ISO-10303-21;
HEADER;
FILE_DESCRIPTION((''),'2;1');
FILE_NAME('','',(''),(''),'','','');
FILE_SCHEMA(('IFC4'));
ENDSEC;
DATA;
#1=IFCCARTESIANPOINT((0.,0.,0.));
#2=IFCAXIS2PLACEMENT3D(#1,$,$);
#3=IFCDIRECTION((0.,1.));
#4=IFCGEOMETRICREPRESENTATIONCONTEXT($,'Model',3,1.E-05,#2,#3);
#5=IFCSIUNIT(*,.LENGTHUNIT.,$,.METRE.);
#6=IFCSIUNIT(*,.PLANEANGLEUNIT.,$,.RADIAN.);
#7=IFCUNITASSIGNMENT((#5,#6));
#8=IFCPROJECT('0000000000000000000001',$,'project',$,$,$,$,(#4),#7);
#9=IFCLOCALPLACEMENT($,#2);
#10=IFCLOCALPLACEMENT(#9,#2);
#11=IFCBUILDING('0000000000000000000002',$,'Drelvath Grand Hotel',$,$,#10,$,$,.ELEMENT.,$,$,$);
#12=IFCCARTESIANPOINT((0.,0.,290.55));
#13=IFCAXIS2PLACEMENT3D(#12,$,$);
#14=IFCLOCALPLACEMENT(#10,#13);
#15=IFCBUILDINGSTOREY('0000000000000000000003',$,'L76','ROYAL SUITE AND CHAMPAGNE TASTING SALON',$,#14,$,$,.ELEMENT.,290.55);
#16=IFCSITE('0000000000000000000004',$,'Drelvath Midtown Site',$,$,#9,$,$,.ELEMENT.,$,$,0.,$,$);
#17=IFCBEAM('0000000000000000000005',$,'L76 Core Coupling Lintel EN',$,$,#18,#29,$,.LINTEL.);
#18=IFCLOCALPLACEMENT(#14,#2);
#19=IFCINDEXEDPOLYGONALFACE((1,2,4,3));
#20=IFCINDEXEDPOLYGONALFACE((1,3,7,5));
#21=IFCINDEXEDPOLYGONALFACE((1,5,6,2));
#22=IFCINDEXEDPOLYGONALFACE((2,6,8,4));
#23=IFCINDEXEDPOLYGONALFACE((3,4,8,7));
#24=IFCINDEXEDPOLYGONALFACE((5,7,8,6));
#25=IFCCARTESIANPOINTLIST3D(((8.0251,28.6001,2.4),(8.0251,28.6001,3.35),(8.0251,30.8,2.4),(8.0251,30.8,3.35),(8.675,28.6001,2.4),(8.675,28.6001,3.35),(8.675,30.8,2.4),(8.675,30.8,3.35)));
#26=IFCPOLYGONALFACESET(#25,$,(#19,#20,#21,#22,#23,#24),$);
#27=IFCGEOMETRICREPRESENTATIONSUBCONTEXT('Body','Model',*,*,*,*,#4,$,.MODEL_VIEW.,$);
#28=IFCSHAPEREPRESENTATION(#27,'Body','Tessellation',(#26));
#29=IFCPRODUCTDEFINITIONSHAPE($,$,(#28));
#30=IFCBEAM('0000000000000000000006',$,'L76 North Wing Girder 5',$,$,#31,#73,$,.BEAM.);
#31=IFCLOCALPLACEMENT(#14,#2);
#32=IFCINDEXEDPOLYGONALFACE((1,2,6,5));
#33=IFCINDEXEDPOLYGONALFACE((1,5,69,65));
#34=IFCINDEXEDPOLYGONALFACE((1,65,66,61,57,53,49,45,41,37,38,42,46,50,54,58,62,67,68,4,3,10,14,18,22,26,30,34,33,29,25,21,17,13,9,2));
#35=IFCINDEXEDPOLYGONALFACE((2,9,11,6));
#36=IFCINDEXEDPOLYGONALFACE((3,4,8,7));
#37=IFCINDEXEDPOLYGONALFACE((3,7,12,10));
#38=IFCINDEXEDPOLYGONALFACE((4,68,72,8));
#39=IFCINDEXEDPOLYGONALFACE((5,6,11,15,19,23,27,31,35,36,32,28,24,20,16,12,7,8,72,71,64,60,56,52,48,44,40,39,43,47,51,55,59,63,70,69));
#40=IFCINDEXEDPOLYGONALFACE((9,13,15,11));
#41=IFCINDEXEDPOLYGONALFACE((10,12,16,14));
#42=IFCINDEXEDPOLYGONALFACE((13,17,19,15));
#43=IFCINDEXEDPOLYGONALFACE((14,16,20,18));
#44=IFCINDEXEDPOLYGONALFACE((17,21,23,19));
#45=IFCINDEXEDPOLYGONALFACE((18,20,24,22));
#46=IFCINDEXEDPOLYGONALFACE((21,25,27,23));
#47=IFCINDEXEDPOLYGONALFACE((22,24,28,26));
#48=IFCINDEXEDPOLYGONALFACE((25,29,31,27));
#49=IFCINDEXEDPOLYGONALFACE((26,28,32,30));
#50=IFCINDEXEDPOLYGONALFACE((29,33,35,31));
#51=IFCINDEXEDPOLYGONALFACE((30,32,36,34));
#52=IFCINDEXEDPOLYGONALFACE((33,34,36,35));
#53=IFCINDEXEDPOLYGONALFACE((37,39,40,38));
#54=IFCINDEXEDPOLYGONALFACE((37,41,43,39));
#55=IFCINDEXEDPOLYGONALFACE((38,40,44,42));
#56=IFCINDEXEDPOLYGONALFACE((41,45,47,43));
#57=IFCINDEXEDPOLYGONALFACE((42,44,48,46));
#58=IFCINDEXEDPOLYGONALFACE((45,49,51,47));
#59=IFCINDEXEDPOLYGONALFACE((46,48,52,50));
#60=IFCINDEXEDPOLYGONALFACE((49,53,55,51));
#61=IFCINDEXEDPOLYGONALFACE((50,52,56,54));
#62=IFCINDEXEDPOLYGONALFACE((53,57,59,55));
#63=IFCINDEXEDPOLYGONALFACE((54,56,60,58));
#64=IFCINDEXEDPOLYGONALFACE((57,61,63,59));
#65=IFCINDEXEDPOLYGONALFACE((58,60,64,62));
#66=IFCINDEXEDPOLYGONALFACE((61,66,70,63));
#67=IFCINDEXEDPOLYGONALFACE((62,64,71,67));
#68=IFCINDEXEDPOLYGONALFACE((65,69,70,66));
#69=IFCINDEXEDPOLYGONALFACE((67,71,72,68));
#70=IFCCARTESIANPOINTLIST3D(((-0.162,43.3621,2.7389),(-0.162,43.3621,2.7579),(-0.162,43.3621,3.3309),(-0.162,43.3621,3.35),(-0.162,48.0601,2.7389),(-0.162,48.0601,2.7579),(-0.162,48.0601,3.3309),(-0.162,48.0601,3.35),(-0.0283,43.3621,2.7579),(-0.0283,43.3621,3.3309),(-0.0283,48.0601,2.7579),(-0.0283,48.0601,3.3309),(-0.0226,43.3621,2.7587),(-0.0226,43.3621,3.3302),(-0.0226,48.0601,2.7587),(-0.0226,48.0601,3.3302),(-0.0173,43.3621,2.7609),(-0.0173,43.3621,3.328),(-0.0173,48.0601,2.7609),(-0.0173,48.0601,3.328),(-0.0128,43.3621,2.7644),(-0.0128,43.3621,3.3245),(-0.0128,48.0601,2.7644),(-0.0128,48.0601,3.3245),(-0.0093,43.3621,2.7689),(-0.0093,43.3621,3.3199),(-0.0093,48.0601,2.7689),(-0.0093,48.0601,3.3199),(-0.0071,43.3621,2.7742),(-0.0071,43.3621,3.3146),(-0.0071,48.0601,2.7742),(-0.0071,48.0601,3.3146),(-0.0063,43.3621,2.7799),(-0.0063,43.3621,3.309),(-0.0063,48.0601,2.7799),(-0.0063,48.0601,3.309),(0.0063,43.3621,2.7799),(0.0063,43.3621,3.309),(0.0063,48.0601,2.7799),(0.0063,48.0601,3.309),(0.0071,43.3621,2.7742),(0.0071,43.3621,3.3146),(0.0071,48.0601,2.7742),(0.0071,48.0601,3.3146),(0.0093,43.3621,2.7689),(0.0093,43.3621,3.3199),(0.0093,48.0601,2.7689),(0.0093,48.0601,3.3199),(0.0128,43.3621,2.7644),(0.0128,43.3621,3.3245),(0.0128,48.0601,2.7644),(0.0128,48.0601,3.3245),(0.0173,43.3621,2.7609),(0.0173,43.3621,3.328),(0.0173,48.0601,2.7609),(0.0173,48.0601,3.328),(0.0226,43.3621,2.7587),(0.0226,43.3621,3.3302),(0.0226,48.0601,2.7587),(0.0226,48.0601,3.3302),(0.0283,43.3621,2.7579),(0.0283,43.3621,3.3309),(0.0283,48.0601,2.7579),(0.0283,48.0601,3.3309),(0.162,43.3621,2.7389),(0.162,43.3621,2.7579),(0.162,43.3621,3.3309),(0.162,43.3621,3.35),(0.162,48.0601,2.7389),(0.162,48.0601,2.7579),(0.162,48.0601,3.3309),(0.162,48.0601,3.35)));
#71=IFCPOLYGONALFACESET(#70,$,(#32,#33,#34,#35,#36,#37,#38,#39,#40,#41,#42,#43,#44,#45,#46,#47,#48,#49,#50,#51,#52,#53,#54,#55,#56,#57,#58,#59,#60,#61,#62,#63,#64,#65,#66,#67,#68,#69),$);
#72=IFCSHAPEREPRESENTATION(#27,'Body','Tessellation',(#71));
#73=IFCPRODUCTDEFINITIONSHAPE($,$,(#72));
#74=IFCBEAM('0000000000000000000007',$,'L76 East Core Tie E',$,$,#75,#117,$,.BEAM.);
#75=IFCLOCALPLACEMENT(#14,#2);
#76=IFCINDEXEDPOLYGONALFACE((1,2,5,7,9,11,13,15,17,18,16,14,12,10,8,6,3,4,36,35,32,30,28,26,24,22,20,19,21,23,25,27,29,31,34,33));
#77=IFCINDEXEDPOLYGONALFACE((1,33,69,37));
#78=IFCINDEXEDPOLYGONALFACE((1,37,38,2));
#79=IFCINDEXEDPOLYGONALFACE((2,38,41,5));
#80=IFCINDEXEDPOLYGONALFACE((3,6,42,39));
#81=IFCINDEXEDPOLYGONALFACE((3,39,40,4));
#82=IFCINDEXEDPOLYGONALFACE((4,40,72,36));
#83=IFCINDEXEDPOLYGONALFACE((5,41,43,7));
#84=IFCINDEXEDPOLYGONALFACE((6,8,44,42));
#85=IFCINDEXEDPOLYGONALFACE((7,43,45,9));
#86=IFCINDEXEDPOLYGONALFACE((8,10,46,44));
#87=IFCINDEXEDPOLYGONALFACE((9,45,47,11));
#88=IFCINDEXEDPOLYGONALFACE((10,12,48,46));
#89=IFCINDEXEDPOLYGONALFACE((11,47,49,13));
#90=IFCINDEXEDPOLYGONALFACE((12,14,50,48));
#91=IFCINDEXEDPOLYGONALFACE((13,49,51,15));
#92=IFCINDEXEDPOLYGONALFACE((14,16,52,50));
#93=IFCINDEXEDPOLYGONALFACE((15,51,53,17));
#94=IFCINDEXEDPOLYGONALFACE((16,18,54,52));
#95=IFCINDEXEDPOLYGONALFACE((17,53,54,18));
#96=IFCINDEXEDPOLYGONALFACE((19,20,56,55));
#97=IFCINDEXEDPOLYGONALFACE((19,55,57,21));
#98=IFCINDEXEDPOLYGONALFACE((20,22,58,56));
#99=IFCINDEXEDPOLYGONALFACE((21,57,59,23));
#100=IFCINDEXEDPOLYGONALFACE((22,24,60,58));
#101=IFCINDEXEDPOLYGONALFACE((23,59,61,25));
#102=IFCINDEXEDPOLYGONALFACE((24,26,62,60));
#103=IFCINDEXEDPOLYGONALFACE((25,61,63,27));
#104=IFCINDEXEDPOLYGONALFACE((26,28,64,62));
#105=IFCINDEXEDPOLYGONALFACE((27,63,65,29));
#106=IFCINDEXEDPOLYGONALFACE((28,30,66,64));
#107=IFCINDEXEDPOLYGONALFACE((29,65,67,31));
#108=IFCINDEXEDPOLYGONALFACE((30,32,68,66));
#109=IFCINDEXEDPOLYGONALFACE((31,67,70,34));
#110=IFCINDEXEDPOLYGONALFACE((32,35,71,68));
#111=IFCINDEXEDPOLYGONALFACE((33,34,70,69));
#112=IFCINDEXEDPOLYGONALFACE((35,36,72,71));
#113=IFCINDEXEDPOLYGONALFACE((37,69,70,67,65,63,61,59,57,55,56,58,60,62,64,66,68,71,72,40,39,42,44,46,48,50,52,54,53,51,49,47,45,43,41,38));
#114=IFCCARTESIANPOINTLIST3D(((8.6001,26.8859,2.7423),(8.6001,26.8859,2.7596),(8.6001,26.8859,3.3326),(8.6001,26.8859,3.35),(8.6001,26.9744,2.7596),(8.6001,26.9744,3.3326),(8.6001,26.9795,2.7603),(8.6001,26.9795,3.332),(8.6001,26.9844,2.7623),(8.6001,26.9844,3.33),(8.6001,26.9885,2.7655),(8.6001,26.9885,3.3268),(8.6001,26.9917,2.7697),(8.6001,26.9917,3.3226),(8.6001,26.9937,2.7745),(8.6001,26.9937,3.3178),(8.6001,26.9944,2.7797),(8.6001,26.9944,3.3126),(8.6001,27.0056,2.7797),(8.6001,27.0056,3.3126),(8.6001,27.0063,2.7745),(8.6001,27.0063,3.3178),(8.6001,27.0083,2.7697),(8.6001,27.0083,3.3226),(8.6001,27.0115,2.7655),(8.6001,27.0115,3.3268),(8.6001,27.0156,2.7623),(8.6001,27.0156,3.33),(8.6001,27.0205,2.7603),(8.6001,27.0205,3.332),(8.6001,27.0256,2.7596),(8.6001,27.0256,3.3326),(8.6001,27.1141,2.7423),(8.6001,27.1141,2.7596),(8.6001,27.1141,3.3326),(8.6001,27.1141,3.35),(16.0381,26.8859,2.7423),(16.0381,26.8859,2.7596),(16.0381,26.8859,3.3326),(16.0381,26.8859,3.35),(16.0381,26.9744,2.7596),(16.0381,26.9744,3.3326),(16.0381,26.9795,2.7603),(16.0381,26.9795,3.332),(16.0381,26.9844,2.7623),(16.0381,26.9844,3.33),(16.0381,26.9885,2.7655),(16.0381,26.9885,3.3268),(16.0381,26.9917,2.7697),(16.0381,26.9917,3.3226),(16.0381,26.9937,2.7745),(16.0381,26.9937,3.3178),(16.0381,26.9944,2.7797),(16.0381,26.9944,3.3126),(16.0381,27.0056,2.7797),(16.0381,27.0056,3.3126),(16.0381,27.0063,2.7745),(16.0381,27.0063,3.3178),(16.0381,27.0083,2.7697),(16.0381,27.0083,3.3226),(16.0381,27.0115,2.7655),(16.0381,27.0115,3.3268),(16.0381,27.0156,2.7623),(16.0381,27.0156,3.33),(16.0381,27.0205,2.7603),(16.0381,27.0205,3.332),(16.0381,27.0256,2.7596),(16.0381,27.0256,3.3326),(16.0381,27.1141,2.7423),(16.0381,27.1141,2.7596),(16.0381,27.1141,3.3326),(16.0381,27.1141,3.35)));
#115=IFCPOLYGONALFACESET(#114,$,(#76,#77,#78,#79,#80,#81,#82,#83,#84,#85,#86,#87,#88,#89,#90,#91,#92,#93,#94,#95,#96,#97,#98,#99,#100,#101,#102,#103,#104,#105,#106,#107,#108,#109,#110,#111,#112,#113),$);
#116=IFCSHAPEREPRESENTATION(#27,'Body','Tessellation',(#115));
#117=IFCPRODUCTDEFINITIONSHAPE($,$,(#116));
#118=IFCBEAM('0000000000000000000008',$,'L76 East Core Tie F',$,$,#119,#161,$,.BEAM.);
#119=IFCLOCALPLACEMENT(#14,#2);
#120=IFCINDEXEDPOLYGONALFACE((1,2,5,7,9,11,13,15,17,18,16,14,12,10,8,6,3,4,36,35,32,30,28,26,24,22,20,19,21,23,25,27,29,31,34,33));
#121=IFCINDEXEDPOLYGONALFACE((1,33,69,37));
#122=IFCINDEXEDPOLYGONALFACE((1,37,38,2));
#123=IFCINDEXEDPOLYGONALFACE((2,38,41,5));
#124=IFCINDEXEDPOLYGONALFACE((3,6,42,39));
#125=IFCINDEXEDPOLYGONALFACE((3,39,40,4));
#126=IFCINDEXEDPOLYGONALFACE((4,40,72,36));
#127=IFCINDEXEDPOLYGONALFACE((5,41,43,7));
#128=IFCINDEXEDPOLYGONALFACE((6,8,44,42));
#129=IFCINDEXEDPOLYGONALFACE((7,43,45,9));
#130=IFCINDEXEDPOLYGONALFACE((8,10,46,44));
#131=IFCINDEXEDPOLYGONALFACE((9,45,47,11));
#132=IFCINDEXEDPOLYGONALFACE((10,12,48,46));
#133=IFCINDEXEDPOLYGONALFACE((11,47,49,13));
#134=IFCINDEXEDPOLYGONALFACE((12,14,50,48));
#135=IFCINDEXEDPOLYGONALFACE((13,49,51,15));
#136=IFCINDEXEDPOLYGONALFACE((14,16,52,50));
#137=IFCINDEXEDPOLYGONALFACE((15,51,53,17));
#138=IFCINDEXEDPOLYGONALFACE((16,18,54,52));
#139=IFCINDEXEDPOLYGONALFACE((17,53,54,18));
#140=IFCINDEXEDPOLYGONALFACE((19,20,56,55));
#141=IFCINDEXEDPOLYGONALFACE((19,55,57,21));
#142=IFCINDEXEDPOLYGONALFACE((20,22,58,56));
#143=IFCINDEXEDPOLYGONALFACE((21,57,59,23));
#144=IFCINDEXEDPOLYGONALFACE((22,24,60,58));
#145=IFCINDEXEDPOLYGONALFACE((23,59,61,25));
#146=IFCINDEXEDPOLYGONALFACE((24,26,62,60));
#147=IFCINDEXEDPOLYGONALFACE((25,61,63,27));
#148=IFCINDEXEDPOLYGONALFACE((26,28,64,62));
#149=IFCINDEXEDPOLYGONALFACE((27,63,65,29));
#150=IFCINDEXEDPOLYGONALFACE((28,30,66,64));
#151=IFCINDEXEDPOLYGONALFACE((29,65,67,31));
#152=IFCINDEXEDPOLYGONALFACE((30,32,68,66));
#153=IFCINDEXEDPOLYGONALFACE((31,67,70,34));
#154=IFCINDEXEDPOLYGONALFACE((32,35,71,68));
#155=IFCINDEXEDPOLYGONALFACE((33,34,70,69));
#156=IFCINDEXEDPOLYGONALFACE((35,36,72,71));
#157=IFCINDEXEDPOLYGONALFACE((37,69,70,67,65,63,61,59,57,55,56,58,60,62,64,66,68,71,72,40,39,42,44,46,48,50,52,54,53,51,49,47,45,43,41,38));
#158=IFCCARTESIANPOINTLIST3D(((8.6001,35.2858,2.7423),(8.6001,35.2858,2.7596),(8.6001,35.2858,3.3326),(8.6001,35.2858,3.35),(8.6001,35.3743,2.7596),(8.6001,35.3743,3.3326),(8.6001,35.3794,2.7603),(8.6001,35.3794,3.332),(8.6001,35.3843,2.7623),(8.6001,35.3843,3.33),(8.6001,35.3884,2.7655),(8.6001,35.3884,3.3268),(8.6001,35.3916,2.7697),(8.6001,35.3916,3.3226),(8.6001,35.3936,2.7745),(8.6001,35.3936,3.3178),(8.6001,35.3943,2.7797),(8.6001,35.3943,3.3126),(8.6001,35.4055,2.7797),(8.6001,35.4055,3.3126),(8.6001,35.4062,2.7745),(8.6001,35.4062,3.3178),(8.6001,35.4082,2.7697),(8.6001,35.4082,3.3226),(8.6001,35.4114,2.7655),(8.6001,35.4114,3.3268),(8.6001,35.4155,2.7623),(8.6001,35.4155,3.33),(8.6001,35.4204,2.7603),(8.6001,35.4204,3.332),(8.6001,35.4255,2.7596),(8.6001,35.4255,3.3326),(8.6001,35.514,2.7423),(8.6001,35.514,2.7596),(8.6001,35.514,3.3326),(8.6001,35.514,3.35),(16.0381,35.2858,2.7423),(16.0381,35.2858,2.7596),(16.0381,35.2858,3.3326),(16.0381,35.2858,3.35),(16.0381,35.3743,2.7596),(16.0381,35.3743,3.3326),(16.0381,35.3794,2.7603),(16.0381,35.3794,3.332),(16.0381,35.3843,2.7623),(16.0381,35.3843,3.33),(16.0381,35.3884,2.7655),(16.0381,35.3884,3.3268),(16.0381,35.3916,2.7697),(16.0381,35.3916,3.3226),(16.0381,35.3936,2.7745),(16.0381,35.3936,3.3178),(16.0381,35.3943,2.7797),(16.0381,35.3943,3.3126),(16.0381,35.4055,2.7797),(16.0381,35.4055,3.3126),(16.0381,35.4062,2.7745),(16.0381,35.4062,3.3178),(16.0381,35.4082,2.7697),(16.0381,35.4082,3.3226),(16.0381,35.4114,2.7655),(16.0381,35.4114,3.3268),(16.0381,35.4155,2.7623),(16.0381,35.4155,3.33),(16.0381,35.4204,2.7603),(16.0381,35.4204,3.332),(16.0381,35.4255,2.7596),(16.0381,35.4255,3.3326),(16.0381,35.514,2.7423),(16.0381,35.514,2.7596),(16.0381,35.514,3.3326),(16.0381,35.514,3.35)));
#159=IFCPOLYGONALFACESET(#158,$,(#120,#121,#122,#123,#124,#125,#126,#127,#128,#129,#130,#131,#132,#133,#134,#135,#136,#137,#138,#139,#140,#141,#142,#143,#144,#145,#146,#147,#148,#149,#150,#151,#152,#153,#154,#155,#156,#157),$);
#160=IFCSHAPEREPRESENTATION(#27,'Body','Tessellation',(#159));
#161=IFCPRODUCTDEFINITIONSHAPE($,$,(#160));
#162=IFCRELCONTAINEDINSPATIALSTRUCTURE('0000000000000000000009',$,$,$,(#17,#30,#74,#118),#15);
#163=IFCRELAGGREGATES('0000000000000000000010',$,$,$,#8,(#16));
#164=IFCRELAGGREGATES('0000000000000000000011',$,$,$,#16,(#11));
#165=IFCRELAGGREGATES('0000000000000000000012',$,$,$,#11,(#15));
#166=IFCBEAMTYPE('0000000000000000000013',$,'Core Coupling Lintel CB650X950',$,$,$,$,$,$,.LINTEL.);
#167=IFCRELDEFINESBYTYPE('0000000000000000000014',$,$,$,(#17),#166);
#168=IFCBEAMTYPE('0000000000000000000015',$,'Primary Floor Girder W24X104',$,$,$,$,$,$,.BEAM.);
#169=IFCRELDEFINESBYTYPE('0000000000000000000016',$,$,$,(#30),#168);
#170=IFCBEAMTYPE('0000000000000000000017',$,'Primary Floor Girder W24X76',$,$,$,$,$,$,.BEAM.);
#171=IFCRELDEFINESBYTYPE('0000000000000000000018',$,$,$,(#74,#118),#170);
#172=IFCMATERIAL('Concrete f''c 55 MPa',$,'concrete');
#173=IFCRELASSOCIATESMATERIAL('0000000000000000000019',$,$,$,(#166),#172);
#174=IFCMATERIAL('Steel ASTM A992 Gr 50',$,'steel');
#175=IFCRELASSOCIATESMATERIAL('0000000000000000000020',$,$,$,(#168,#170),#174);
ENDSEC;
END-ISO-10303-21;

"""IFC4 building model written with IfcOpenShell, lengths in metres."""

from ifc_helpers import new_model, si_unit, direction, frame, origin, origin_2d, place, context, subcontext, project, spatial, rectangle, i_section, extrude, material, material_profile, profile_set, type_object, element, save


model = new_model("IFC4")

# Units and contexts
model_context = context("Model", 3, precision=1e-05, world=origin(), true_north=direction((0.0, 1.0)))
body_context = subcontext(model_context, "Body", "Model", "MODEL_VIEW")
ifc_project = project(units=[si_unit("LENGTHUNIT", "METRE"), si_unit("PLANEANGLEUNIT", "RADIAN")], contexts=[model_context])

# Site, building, storey
site_placement = place(None, origin())
site = spatial("IfcSite", under=ifc_project, at=site_placement, Name="Drelvath Midtown Site", CompositionType="ELEMENT", RefElevation=0.0)
building_placement = place(site_placement, origin())
building = spatial("IfcBuilding", under=site, at=building_placement, Name="Drelvath Grand Hotel", CompositionType="ELEMENT")
storey_placement = place(building_placement, frame((0.0, 0.0, 290.55)))
storey = spatial("IfcBuildingStorey", under=building, at=storey_placement, Name="L76", Description="ROYAL SUITE AND CHAMPAGNE TASTING SALON", CompositionType="ELEMENT", Elevation=290.55)

# Beams
ifc_material_1 = material(Name="Concrete f'c 55 MPa", Category="concrete")
ifc_material_profile_1 = material_profile(ifc_material_1, rectangle(XDim=0.6499, YDim=0.95, at=origin_2d()), Name="CB650X950")
ifc_profile_set_1 = profile_set([ifc_material_profile_1], Name="Concrete f'c 55 MPa")
beam_type_1 = type_object("IfcBeamType", Name="Core Coupling Lintel CB650X950", PredefinedType="LINTEL", material=ifc_profile_set_1)
beam_1_placement = place(storey_placement, frame((8.3501, 28.6001, 2.875), z_axis=(0.0, 1.0, 0.0), x_axis=(-1.0, 0.0, 0.0)))
element("IfcBeam", 1, at=beam_1_placement, inside=storey, type_object=beam_type_1, Name="L76 Core Coupling Lintel EN", PredefinedType="LINTEL", context=body_context, shape_type="SweptSolid", body=[
    extrude(rectangle(XDim=0.6499, YDim=0.95, at=origin_2d()), origin(), (0.0, 0.0, 1.0), 2.2),
])
ifc_material_2 = material(Name="Steel ASTM A992 Gr 50", Category="steel")
ifc_material_profile_2 = material_profile(ifc_material_2, i_section(OverallWidth=0.324, OverallDepth=0.6111, WebThickness=0.0127, FlangeThickness=0.019, FilletRadius=0.022, at=origin_2d()), Name="W24X104")
ifc_profile_set_2 = profile_set([ifc_material_profile_2], Name="Steel ASTM A992 Gr 50")
beam_type_2 = type_object("IfcBeamType", Name="Primary Floor Girder W24X104", PredefinedType="BEAM", material=ifc_profile_set_2)
beam_2_placement = place(storey_placement, frame((0.0, 43.3621, 3.0444), z_axis=(0.0, 1.0, 0.0), x_axis=(-1.0, 0.0, 0.0)))
element("IfcBeam", 2, at=beam_2_placement, inside=storey, type_object=beam_type_2, Name="L76 North Wing Girder 5", PredefinedType="BEAM", context=body_context, shape_type="SweptSolid", body=[
    extrude(i_section(OverallWidth=0.324, OverallDepth=0.6111, WebThickness=0.0127, FlangeThickness=0.019, FilletRadius=0.022, at=origin_2d()), origin(), (0.0, 0.0, 1.0), 4.698),
])
ifc_material_profile_3 = material_profile(ifc_material_2, i_section(OverallWidth=0.2283, OverallDepth=0.6077, WebThickness=0.0112, FlangeThickness=0.0173, FilletRadius=0.02, at=origin_2d()), Name="W24X76")
ifc_profile_set_3 = profile_set([ifc_material_profile_3], Name="Steel ASTM A992 Gr 50")
beam_type_3 = type_object("IfcBeamType", Name="Primary Floor Girder W24X76", PredefinedType="BEAM", material=ifc_profile_set_3)
for number, where, z_axis, x_axis, name in (
    (3, (8.6001, 27.0, 3.0461), (1.0, 0.0, 0.0), (0.0, 1.0, 0.0), "L76 East Core Tie E"),
    (4, (8.6001, 35.3999, 3.0461), (1.0, 0.0, 0.0), (0.0, 1.0, 0.0), "L76 East Core Tie F"),
):
    element("IfcBeam", number, at=place(storey_placement, frame(where, z_axis=z_axis, x_axis=x_axis)), inside=storey, type_object=beam_type_3, Name=name, PredefinedType="BEAM", context=body_context, shape_type="SweptSolid", body=[
        extrude(i_section(OverallWidth=0.2283, OverallDepth=0.6077, WebThickness=0.0112, FlangeThickness=0.0173, FilletRadius=0.02, at=origin_2d()), origin(), (0.0, 0.0, 1.0), 7.438),
    ])

save(model, "model.ifc")
